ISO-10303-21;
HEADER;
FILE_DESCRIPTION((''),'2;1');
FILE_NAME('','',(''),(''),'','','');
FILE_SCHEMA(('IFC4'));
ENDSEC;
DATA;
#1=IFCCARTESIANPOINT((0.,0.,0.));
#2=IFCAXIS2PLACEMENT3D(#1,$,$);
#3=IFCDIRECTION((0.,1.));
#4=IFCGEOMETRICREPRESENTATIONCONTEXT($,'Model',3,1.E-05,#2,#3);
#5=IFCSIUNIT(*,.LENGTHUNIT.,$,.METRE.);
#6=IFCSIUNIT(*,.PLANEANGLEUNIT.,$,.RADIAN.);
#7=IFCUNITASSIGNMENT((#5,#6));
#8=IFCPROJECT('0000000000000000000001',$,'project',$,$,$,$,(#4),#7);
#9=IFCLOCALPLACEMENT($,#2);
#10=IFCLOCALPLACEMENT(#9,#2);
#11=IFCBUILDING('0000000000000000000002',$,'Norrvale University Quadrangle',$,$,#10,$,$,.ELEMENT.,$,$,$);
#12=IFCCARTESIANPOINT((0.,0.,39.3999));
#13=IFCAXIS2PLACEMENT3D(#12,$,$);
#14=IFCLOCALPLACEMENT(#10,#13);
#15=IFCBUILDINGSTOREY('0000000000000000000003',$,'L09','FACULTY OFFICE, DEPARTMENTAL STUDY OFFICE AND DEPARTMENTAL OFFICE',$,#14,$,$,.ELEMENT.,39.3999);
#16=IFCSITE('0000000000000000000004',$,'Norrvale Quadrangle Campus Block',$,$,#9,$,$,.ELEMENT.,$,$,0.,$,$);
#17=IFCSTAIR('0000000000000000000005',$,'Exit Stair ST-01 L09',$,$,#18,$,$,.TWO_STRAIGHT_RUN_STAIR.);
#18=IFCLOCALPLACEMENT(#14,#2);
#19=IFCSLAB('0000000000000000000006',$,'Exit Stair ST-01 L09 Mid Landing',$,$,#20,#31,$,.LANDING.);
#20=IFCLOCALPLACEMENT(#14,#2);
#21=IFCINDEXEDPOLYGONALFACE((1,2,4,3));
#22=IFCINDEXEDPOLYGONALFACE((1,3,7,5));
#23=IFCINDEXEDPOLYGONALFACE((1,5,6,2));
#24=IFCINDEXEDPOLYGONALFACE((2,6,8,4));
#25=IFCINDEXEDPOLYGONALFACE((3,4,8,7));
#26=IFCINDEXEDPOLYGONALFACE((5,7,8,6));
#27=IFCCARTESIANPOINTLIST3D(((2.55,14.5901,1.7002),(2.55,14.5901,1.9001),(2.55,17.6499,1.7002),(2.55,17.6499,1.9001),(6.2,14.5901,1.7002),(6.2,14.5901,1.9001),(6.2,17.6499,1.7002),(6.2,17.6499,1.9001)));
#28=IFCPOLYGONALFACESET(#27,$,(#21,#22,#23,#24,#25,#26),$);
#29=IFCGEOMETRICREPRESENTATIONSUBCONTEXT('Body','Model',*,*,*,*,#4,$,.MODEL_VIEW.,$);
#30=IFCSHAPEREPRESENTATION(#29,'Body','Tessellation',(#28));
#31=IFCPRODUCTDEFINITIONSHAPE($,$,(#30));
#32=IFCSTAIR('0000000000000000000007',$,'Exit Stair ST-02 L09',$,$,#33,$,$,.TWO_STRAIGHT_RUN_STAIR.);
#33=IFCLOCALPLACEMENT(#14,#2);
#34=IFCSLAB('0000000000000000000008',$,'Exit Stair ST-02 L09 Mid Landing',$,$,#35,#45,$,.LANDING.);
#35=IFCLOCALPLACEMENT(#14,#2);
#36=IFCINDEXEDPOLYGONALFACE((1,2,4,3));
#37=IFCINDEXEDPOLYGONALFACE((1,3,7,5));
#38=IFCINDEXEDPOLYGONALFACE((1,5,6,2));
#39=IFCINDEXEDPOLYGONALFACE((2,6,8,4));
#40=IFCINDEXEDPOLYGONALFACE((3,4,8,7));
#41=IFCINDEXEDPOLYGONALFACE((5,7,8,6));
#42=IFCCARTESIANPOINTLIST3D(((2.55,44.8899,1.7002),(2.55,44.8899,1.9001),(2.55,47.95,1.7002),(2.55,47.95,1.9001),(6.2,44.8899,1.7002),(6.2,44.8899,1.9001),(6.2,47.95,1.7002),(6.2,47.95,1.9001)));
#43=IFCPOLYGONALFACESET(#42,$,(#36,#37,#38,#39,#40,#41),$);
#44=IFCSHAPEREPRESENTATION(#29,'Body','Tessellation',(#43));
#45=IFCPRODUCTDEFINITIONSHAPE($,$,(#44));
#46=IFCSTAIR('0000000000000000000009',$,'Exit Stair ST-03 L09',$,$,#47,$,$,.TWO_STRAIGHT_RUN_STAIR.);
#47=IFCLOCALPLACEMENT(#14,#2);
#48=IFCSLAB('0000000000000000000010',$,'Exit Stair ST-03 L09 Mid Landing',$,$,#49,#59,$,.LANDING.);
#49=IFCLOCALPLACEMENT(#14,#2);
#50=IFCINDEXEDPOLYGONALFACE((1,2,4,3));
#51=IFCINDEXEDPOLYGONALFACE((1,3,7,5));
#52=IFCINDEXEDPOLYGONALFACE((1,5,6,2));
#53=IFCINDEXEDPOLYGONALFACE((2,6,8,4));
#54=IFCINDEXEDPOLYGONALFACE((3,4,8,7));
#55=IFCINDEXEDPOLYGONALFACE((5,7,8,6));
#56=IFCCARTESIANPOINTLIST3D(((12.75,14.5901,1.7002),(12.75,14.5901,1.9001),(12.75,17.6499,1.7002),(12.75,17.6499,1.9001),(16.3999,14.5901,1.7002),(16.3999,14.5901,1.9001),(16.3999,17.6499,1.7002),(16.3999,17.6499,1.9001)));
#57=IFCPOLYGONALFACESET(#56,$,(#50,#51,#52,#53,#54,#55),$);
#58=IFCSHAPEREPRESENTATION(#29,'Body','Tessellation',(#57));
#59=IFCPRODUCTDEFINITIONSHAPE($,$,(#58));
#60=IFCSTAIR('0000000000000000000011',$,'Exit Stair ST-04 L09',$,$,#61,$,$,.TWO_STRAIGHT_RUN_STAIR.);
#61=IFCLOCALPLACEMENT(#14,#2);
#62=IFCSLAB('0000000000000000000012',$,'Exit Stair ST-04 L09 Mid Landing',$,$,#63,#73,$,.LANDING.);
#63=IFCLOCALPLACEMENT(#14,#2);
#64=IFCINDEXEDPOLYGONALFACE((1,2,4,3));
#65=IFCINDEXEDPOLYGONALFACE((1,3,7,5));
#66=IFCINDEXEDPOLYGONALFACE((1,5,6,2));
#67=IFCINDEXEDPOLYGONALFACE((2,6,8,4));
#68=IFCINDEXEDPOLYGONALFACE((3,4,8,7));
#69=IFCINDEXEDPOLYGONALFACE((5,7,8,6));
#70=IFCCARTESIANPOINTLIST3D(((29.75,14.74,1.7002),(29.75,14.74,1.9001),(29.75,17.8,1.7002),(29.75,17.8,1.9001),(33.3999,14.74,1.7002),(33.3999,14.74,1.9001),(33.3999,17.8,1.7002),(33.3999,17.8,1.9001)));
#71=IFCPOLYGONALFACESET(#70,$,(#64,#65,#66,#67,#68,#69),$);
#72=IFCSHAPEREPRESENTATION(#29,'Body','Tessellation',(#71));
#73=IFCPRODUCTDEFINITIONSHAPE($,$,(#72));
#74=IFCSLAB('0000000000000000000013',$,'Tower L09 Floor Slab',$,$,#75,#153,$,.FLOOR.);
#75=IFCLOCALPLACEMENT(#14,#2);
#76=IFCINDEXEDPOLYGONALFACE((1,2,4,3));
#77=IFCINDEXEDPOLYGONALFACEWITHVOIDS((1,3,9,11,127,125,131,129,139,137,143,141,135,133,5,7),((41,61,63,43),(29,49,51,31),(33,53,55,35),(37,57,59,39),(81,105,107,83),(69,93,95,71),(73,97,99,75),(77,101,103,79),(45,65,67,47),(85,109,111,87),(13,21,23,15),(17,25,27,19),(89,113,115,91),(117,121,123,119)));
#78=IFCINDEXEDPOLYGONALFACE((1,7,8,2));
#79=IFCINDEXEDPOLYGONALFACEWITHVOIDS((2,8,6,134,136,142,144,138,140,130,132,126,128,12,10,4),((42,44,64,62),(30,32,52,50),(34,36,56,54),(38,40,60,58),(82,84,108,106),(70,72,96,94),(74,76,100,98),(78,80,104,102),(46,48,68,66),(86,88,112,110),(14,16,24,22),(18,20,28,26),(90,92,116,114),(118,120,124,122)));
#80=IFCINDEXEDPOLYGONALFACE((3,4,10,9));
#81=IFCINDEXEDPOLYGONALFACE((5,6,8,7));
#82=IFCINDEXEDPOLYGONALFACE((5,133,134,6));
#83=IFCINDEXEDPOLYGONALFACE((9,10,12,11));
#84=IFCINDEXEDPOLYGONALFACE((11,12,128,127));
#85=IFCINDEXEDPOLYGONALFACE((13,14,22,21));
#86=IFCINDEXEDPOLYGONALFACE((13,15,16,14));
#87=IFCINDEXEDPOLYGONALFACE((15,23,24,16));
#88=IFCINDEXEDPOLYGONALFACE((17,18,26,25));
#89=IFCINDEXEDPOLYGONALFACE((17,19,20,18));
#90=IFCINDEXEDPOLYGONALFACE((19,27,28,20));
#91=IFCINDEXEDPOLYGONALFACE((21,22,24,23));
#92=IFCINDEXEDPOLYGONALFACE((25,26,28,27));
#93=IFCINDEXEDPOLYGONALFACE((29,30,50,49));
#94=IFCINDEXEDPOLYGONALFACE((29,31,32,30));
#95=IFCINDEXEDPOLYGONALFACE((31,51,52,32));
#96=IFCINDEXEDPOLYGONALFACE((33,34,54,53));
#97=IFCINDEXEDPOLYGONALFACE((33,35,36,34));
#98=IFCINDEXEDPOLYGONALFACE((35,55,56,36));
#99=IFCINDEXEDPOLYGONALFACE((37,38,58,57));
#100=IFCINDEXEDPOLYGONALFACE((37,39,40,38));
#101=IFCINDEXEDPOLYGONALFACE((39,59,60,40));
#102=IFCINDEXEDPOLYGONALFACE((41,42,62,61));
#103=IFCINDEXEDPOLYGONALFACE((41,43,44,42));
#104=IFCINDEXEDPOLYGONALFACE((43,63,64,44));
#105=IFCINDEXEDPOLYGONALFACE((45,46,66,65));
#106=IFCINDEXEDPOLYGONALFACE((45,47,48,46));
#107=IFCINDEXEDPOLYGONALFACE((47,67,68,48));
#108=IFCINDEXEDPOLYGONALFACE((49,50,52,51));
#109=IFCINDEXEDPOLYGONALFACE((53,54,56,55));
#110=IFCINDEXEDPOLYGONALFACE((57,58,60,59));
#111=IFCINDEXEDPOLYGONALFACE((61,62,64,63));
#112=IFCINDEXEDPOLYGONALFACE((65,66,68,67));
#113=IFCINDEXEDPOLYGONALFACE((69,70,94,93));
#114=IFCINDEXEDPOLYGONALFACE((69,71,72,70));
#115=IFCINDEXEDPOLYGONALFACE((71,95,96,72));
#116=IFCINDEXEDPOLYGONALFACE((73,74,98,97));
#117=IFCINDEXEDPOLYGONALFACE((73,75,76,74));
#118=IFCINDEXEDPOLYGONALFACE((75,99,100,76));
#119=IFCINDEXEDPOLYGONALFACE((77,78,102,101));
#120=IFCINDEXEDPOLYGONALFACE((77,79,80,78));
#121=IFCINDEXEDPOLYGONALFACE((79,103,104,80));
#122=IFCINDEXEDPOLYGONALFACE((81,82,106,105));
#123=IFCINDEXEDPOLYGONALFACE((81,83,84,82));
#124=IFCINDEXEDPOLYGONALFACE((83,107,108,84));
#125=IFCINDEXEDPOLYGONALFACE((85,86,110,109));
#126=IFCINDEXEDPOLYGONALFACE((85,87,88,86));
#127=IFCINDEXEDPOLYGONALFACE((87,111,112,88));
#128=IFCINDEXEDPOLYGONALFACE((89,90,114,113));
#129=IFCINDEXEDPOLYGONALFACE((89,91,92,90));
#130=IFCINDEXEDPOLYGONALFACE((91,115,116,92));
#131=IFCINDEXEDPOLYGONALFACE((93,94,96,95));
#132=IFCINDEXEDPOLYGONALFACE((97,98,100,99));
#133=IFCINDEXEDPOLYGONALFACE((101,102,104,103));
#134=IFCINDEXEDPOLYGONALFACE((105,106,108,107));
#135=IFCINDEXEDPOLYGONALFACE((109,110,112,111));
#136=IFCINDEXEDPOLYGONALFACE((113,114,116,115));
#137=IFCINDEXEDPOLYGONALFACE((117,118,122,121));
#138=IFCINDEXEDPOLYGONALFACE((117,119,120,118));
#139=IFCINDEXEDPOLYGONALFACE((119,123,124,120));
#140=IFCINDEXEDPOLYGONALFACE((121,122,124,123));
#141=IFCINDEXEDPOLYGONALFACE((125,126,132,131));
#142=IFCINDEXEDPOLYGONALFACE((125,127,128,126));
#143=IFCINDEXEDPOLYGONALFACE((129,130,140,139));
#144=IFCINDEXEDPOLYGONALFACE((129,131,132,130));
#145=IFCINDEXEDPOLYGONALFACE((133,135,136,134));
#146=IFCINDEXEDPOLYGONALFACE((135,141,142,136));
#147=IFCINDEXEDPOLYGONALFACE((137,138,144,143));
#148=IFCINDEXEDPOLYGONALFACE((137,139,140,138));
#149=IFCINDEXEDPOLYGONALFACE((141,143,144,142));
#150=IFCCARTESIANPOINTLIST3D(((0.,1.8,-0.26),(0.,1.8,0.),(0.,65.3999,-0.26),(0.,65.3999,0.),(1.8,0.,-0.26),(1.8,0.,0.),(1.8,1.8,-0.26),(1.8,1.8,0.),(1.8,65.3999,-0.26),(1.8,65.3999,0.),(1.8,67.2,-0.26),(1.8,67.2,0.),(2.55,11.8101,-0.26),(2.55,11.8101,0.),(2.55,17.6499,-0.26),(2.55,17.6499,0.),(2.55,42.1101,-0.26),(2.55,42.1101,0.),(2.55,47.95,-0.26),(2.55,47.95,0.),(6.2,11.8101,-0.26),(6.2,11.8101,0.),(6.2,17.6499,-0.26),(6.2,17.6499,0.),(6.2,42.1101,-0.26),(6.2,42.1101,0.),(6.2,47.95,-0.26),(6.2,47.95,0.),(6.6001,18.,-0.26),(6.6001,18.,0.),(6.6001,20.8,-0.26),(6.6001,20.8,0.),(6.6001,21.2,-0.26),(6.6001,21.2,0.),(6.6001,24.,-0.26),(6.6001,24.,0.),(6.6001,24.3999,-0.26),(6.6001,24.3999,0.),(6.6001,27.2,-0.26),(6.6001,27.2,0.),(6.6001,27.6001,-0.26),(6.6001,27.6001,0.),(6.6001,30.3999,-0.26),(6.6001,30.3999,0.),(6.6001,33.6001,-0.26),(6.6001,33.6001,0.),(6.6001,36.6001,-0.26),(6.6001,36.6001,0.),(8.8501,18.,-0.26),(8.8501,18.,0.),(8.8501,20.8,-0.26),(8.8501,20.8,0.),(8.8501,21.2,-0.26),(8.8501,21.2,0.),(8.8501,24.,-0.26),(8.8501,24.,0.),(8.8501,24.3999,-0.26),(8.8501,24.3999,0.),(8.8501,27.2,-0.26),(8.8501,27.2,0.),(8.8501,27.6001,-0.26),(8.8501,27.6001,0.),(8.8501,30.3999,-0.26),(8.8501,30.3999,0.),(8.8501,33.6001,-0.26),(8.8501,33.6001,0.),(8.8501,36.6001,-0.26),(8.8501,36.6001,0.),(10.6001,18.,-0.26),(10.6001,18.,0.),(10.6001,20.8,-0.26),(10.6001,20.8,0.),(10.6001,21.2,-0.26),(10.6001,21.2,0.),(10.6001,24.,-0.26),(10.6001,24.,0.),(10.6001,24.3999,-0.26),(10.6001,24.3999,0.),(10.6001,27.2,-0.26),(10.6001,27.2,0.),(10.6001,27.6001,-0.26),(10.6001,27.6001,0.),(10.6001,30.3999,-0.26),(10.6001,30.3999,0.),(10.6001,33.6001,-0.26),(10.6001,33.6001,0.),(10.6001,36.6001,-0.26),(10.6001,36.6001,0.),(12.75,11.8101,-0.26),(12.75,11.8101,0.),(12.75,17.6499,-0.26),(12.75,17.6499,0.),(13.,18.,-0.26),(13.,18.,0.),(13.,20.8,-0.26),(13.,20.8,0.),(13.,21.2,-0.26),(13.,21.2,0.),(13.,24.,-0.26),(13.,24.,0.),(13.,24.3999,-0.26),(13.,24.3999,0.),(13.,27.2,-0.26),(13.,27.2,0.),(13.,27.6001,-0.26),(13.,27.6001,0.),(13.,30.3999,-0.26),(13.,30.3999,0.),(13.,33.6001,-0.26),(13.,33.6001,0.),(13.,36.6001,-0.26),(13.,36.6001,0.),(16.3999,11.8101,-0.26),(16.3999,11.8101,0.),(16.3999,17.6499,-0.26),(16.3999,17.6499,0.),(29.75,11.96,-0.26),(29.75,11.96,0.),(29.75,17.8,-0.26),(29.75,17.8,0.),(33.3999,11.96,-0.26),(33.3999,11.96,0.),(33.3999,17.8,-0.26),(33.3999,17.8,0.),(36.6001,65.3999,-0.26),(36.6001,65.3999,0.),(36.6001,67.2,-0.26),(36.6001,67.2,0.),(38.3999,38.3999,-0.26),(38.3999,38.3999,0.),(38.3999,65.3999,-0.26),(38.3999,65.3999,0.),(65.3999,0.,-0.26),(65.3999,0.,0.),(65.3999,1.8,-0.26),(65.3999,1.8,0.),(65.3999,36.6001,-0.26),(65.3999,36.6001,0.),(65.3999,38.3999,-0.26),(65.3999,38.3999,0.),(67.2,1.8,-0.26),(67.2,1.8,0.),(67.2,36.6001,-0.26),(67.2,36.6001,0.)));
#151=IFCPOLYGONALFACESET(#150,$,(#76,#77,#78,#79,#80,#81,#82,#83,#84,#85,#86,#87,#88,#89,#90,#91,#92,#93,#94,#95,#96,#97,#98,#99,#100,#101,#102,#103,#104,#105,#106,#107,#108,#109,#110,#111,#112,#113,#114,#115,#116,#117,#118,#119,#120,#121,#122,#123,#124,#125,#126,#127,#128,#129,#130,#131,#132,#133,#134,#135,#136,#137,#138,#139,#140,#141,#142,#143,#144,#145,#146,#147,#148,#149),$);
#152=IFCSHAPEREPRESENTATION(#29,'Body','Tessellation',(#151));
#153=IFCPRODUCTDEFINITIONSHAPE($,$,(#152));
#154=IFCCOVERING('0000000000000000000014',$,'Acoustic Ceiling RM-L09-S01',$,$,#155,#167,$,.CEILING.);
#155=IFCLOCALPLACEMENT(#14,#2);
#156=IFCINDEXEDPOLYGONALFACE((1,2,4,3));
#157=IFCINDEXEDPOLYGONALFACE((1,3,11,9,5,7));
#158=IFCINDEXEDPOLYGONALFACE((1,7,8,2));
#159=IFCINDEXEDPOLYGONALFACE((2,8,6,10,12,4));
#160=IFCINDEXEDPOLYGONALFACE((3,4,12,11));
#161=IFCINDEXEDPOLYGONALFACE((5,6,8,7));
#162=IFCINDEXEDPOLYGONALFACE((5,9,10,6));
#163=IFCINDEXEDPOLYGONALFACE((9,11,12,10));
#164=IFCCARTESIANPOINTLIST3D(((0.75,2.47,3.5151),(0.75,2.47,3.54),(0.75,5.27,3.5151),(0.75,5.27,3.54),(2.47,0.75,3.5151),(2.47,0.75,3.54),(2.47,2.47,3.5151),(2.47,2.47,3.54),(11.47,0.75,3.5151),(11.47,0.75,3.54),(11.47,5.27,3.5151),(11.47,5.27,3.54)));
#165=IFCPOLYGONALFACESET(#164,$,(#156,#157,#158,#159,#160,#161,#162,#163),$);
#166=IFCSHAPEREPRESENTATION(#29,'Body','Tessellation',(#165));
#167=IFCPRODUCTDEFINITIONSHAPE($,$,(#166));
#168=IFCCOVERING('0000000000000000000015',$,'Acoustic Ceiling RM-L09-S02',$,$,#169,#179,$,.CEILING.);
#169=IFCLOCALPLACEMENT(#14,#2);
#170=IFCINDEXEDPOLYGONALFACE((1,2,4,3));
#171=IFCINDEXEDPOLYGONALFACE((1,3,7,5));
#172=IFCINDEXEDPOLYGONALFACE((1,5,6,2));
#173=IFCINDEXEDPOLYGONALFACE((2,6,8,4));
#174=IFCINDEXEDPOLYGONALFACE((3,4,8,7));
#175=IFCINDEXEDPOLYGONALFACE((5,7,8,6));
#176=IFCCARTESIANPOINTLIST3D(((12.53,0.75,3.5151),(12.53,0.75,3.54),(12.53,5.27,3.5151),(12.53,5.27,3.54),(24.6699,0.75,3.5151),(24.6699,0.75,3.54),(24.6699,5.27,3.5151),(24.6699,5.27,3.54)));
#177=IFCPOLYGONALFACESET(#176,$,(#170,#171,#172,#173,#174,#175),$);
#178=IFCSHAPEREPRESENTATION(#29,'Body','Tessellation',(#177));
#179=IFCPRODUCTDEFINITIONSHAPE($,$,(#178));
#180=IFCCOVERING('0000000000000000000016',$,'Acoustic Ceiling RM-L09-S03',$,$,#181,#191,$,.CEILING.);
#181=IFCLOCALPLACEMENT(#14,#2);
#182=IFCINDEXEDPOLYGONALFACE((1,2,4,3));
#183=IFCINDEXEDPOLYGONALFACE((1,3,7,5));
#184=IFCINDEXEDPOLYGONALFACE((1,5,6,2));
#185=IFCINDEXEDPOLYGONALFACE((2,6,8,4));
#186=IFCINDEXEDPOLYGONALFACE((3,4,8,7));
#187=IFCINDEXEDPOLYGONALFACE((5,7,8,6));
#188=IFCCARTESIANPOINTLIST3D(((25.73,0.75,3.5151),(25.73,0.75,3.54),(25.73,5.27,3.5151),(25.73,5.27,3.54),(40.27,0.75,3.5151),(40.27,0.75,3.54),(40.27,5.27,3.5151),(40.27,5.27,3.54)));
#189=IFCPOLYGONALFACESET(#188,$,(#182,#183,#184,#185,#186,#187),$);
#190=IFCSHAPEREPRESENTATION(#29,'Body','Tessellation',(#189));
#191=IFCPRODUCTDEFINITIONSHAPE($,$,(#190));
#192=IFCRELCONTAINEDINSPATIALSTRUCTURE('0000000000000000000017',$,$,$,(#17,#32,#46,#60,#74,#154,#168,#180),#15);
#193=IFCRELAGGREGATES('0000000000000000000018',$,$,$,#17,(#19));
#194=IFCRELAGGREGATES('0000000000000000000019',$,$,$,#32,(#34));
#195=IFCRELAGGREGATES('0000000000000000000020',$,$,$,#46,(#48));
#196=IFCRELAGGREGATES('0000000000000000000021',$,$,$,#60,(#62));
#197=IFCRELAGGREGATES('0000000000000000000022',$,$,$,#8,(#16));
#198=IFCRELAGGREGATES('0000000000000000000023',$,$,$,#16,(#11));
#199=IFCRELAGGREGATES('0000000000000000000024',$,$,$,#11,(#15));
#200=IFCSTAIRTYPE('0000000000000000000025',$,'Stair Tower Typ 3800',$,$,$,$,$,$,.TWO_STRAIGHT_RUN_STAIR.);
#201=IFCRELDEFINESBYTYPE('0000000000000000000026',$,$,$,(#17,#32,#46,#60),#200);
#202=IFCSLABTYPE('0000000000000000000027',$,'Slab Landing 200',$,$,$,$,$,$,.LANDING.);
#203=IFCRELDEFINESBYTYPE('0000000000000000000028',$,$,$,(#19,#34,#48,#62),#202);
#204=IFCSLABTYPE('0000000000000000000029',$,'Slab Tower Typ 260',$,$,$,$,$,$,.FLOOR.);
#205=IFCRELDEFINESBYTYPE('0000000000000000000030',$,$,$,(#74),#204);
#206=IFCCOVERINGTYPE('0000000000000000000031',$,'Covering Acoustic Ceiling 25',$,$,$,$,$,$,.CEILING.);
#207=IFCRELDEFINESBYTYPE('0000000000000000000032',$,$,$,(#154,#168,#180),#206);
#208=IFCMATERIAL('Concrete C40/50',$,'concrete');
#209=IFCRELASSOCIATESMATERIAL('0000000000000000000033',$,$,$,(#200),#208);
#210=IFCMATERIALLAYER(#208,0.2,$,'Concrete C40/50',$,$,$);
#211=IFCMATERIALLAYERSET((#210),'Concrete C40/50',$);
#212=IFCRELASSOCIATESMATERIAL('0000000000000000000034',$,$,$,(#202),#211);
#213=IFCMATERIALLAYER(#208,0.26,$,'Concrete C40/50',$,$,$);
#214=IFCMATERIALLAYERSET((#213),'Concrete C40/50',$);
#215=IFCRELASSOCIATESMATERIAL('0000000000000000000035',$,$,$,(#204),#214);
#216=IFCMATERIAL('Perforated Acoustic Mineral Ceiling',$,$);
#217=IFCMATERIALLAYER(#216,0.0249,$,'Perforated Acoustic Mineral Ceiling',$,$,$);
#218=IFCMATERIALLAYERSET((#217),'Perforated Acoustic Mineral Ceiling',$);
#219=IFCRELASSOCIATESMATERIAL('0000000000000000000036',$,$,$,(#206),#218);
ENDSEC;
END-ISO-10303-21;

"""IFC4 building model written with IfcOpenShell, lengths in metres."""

from ifc_helpers import new_model, si_unit, direction, frame, origin, place, context, subcontext, project, spatial, polyline, outline, extrude, material, layer, layer_set, type_object, element, aggregate, save


model = new_model("IFC4")

# Units and contexts
model_context = context("Model", 3, precision=1e-05, world=origin(), true_north=direction((0.0, 1.0)))
body_context = subcontext(model_context, "Body", "Model", "MODEL_VIEW")
ifc_project = project(units=[si_unit("LENGTHUNIT", "METRE"), si_unit("PLANEANGLEUNIT", "RADIAN")], contexts=[model_context])

# Site, building, storey
site_placement = place(None, origin())
site = spatial("IfcSite", under=ifc_project, at=site_placement, Name="Norrvale Quadrangle Campus Block", CompositionType="ELEMENT", RefElevation=0.0)
building_placement = place(site_placement, origin())
building = spatial("IfcBuilding", under=site, at=building_placement, Name="Norrvale University Quadrangle", CompositionType="ELEMENT")
storey_placement = place(building_placement, frame((0.0, 0.0, 39.3999)))
storey = spatial("IfcBuildingStorey", under=building, at=storey_placement, Name="L09", Description="FACULTY OFFICE, DEPARTMENTAL STUDY OFFICE AND DEPARTMENTAL OFFICE", CompositionType="ELEMENT", Elevation=39.3999)

# Stairs, slabs
ifc_material_1 = material(Name="Concrete C40/50", Category="concrete")
stair_type = type_object("IfcStairType", Name="Stair Tower Typ 3800", PredefinedType="TWO_STRAIGHT_RUN_STAIR", material=ifc_material_1)
stair_1_placement = place(storey_placement, origin())
stair_1 = element("IfcStair", 1, at=stair_1_placement, inside=storey, type_object=stair_type, Name="Exit Stair ST-01 L09", PredefinedType="TWO_STRAIGHT_RUN_STAIR")
ifc_layer_1 = layer(ifc_material_1, 0.2, Name="Concrete C40/50")
ifc_layer_set_1 = layer_set([ifc_layer_1], Name="Concrete C40/50")
slab_type_1 = type_object("IfcSlabType", Name="Slab Landing 200", PredefinedType="LANDING", material=ifc_layer_set_1)
slab_1_placement = place(storey_placement, frame((0.0, 0.0, 1.7002)))
slab_1 = element("IfcSlab", 2, at=slab_1_placement, type_object=slab_type_1, Name="Exit Stair ST-01 L09 Mid Landing", PredefinedType="LANDING", context=body_context, shape_type="SweptSolid", body=[
    extrude(outline(polyline([(2.55, 14.5901), (6.2, 14.5901), (6.2, 17.6499), (2.55, 17.6499), (2.55, 14.5901)])), origin(), (0.0, 0.0, 1.0), 0.2),
])
aggregate(stair_1, [slab_1])
stair_2_placement = place(storey_placement, origin())
stair_2 = element("IfcStair", 3, at=stair_2_placement, inside=storey, type_object=stair_type, Name="Exit Stair ST-02 L09", PredefinedType="TWO_STRAIGHT_RUN_STAIR")
slab_2_placement = place(storey_placement, frame((0.0, 0.0, 1.7002)))
slab_2 = element("IfcSlab", 4, at=slab_2_placement, type_object=slab_type_1, Name="Exit Stair ST-02 L09 Mid Landing", PredefinedType="LANDING", context=body_context, shape_type="SweptSolid", body=[
    extrude(outline(polyline([(2.55, 44.8899), (6.2, 44.8899), (6.2, 47.95), (2.55, 47.95), (2.55, 44.8899)])), origin(), (0.0, 0.0, 1.0), 0.2),
])
aggregate(stair_2, [slab_2])
stair_3_placement = place(storey_placement, origin())
stair_3 = element("IfcStair", 5, at=stair_3_placement, inside=storey, type_object=stair_type, Name="Exit Stair ST-03 L09", PredefinedType="TWO_STRAIGHT_RUN_STAIR")
slab_3_placement = place(storey_placement, frame((0.0, 0.0, 1.7002)))
slab_3 = element("IfcSlab", 6, at=slab_3_placement, type_object=slab_type_1, Name="Exit Stair ST-03 L09 Mid Landing", PredefinedType="LANDING", context=body_context, shape_type="SweptSolid", body=[
    extrude(outline(polyline([(12.75, 14.5901), (16.3999, 14.5901), (16.3999, 17.6499), (12.75, 17.6499), (12.75, 14.5901)])), origin(), (0.0, 0.0, 1.0), 0.2),
])
aggregate(stair_3, [slab_3])
stair_4_placement = place(storey_placement, origin())
stair_4 = element("IfcStair", 7, at=stair_4_placement, inside=storey, type_object=stair_type, Name="Exit Stair ST-04 L09", PredefinedType="TWO_STRAIGHT_RUN_STAIR")
slab_4_placement = place(storey_placement, frame((0.0, 0.0, 1.7002)))
slab_4 = element("IfcSlab", 8, at=slab_4_placement, type_object=slab_type_1, Name="Exit Stair ST-04 L09 Mid Landing", PredefinedType="LANDING", context=body_context, shape_type="SweptSolid", body=[
    extrude(outline(polyline([(29.75, 14.74), (33.3999, 14.74), (33.3999, 17.8), (29.75, 17.8), (29.75, 14.74)])), origin(), (0.0, 0.0, 1.0), 0.2),
])
aggregate(stair_4, [slab_4])

# Slab
ifc_layer_2 = layer(ifc_material_1, 0.26, Name="Concrete C40/50")
ifc_layer_set_2 = layer_set([ifc_layer_2], Name="Concrete C40/50")
slab_type_2 = type_object("IfcSlabType", Name="Slab Tower Typ 260", PredefinedType="FLOOR", material=ifc_layer_set_2)
slab_5_placement = place(storey_placement, frame((0.0, 0.0, -0.26)))
element("IfcSlab", 9, at=slab_5_placement, inside=storey, type_object=slab_type_2, Name="Tower L09 Floor Slab", PredefinedType="FLOOR", context=body_context, shape_type="SweptSolid", body=[
    extrude(outline(polyline([(1.8, 0.0), (65.3999, 0.0), (65.3999, 1.8), (67.2, 1.8), (67.2, 36.6001), (65.3999, 36.6001), (65.3999, 38.3999), (38.3999, 38.3999), (38.3999, 65.3999), (36.6001, 65.3999), (36.6001, 67.2), (1.8, 67.2), (1.8, 65.3999), (0.0, 65.3999), (0.0, 1.8), (1.8, 1.8), (1.8, 0.0)]), holes=[polyline([(2.55, 11.8101), (6.2, 11.8101), (6.2, 17.6499), (2.55, 17.6499), (2.55, 11.8101)]), polyline([(2.55, 42.1101), (6.2, 42.1101), (6.2, 47.95), (2.55, 47.95), (2.55, 42.1101)]), polyline([(12.75, 11.8101), (16.3999, 11.8101), (16.3999, 17.6499), (12.75, 17.6499), (12.75, 11.8101)]), polyline([(29.75, 11.96), (33.3999, 11.96), (33.3999, 17.8), (29.75, 17.8), (29.75, 11.96)]), polyline([(6.6001, 18.0), (8.8501, 18.0), (8.8501, 20.8), (6.6001, 20.8), (6.6001, 18.0)]), polyline([(6.6001, 21.2), (8.8501, 21.2), (8.8501, 24.0), (6.6001, 24.0), (6.6001, 21.2)]), polyline([(6.6001, 24.3999), (8.8501, 24.3999), (8.8501, 27.2), (6.6001, 27.2), (6.6001, 24.3999)]), polyline([(6.6001, 27.6001), (8.8501, 27.6001), (8.8501, 30.3999), (6.6001, 30.3999), (6.6001, 27.6001)]), polyline([(10.6001, 18.0), (13.0, 18.0), (13.0, 20.8), (10.6001, 20.8), (10.6001, 18.0)]), polyline([(10.6001, 21.2), (13.0, 21.2), (13.0, 24.0), (10.6001, 24.0), (10.6001, 21.2)]), polyline([(10.6001, 24.3999), (13.0, 24.3999), (13.0, 27.2), (10.6001, 27.2), (10.6001, 24.3999)]), polyline([(10.6001, 27.6001), (13.0, 27.6001), (13.0, 30.3999), (10.6001, 30.3999), (10.6001, 27.6001)]), polyline([(6.6001, 33.6001), (8.8501, 33.6001), (8.8501, 36.6001), (6.6001, 36.6001), (6.6001, 33.6001)]), polyline([(10.6001, 33.6001), (13.0, 33.6001), (13.0, 36.6001), (10.6001, 36.6001), (10.6001, 33.6001)])]), origin(), (0.0, 0.0, 1.0), 0.26),
])

# Coverings
ifc_material_2 = material(Name="Perforated Acoustic Mineral Ceiling")
ifc_layer_3 = layer(ifc_material_2, 0.0249, Name="Perforated Acoustic Mineral Ceiling")
ifc_layer_set_3 = layer_set([ifc_layer_3], Name="Perforated Acoustic Mineral Ceiling")
covering_type_1 = type_object("IfcCoveringType", Name="Covering Acoustic Ceiling 25", PredefinedType="CEILING", material=ifc_layer_set_3)
covering_1_placement = place(storey_placement, frame((0.0, 0.0, 3.5151)))
element("IfcCovering", 10, at=covering_1_placement, inside=storey, type_object=covering_type_1, Name="Acoustic Ceiling RM-L09-S01", PredefinedType="CEILING", context=body_context, shape_type="SweptSolid", body=[
    extrude(outline(polyline([(0.75, 5.27), (11.47, 5.27), (11.47, 0.75), (2.47, 0.75), (2.47, 2.47), (0.75, 2.47), (0.75, 5.27)])), origin(), (0.0, 0.0, 1.0), 0.0249),
])
covering_2_placement = place(storey_placement, frame((0.0, 0.0, 3.5151)))
element("IfcCovering", 11, at=covering_2_placement, inside=storey, type_object=covering_type_1, Name="Acoustic Ceiling RM-L09-S02", PredefinedType="CEILING", context=body_context, shape_type="SweptSolid", body=[
    extrude(outline(polyline([(12.53, 5.27), (24.6699, 5.27), (24.6699, 0.75), (12.53, 0.75), (12.53, 5.27)])), origin(), (0.0, 0.0, 1.0), 0.0249),
])
covering_3_placement = place(storey_placement, frame((0.0, 0.0, 3.5151)))
element("IfcCovering", 12, at=covering_3_placement, inside=storey, type_object=covering_type_1, Name="Acoustic Ceiling RM-L09-S03", PredefinedType="CEILING", context=body_context, shape_type="SweptSolid", body=[
    extrude(outline(polyline([(25.73, 5.27), (40.27, 5.27), (40.27, 0.75), (25.73, 0.75), (25.73, 5.27)])), origin(), (0.0, 0.0, 1.0), 0.0249),
])

save(model, "model.ifc")
